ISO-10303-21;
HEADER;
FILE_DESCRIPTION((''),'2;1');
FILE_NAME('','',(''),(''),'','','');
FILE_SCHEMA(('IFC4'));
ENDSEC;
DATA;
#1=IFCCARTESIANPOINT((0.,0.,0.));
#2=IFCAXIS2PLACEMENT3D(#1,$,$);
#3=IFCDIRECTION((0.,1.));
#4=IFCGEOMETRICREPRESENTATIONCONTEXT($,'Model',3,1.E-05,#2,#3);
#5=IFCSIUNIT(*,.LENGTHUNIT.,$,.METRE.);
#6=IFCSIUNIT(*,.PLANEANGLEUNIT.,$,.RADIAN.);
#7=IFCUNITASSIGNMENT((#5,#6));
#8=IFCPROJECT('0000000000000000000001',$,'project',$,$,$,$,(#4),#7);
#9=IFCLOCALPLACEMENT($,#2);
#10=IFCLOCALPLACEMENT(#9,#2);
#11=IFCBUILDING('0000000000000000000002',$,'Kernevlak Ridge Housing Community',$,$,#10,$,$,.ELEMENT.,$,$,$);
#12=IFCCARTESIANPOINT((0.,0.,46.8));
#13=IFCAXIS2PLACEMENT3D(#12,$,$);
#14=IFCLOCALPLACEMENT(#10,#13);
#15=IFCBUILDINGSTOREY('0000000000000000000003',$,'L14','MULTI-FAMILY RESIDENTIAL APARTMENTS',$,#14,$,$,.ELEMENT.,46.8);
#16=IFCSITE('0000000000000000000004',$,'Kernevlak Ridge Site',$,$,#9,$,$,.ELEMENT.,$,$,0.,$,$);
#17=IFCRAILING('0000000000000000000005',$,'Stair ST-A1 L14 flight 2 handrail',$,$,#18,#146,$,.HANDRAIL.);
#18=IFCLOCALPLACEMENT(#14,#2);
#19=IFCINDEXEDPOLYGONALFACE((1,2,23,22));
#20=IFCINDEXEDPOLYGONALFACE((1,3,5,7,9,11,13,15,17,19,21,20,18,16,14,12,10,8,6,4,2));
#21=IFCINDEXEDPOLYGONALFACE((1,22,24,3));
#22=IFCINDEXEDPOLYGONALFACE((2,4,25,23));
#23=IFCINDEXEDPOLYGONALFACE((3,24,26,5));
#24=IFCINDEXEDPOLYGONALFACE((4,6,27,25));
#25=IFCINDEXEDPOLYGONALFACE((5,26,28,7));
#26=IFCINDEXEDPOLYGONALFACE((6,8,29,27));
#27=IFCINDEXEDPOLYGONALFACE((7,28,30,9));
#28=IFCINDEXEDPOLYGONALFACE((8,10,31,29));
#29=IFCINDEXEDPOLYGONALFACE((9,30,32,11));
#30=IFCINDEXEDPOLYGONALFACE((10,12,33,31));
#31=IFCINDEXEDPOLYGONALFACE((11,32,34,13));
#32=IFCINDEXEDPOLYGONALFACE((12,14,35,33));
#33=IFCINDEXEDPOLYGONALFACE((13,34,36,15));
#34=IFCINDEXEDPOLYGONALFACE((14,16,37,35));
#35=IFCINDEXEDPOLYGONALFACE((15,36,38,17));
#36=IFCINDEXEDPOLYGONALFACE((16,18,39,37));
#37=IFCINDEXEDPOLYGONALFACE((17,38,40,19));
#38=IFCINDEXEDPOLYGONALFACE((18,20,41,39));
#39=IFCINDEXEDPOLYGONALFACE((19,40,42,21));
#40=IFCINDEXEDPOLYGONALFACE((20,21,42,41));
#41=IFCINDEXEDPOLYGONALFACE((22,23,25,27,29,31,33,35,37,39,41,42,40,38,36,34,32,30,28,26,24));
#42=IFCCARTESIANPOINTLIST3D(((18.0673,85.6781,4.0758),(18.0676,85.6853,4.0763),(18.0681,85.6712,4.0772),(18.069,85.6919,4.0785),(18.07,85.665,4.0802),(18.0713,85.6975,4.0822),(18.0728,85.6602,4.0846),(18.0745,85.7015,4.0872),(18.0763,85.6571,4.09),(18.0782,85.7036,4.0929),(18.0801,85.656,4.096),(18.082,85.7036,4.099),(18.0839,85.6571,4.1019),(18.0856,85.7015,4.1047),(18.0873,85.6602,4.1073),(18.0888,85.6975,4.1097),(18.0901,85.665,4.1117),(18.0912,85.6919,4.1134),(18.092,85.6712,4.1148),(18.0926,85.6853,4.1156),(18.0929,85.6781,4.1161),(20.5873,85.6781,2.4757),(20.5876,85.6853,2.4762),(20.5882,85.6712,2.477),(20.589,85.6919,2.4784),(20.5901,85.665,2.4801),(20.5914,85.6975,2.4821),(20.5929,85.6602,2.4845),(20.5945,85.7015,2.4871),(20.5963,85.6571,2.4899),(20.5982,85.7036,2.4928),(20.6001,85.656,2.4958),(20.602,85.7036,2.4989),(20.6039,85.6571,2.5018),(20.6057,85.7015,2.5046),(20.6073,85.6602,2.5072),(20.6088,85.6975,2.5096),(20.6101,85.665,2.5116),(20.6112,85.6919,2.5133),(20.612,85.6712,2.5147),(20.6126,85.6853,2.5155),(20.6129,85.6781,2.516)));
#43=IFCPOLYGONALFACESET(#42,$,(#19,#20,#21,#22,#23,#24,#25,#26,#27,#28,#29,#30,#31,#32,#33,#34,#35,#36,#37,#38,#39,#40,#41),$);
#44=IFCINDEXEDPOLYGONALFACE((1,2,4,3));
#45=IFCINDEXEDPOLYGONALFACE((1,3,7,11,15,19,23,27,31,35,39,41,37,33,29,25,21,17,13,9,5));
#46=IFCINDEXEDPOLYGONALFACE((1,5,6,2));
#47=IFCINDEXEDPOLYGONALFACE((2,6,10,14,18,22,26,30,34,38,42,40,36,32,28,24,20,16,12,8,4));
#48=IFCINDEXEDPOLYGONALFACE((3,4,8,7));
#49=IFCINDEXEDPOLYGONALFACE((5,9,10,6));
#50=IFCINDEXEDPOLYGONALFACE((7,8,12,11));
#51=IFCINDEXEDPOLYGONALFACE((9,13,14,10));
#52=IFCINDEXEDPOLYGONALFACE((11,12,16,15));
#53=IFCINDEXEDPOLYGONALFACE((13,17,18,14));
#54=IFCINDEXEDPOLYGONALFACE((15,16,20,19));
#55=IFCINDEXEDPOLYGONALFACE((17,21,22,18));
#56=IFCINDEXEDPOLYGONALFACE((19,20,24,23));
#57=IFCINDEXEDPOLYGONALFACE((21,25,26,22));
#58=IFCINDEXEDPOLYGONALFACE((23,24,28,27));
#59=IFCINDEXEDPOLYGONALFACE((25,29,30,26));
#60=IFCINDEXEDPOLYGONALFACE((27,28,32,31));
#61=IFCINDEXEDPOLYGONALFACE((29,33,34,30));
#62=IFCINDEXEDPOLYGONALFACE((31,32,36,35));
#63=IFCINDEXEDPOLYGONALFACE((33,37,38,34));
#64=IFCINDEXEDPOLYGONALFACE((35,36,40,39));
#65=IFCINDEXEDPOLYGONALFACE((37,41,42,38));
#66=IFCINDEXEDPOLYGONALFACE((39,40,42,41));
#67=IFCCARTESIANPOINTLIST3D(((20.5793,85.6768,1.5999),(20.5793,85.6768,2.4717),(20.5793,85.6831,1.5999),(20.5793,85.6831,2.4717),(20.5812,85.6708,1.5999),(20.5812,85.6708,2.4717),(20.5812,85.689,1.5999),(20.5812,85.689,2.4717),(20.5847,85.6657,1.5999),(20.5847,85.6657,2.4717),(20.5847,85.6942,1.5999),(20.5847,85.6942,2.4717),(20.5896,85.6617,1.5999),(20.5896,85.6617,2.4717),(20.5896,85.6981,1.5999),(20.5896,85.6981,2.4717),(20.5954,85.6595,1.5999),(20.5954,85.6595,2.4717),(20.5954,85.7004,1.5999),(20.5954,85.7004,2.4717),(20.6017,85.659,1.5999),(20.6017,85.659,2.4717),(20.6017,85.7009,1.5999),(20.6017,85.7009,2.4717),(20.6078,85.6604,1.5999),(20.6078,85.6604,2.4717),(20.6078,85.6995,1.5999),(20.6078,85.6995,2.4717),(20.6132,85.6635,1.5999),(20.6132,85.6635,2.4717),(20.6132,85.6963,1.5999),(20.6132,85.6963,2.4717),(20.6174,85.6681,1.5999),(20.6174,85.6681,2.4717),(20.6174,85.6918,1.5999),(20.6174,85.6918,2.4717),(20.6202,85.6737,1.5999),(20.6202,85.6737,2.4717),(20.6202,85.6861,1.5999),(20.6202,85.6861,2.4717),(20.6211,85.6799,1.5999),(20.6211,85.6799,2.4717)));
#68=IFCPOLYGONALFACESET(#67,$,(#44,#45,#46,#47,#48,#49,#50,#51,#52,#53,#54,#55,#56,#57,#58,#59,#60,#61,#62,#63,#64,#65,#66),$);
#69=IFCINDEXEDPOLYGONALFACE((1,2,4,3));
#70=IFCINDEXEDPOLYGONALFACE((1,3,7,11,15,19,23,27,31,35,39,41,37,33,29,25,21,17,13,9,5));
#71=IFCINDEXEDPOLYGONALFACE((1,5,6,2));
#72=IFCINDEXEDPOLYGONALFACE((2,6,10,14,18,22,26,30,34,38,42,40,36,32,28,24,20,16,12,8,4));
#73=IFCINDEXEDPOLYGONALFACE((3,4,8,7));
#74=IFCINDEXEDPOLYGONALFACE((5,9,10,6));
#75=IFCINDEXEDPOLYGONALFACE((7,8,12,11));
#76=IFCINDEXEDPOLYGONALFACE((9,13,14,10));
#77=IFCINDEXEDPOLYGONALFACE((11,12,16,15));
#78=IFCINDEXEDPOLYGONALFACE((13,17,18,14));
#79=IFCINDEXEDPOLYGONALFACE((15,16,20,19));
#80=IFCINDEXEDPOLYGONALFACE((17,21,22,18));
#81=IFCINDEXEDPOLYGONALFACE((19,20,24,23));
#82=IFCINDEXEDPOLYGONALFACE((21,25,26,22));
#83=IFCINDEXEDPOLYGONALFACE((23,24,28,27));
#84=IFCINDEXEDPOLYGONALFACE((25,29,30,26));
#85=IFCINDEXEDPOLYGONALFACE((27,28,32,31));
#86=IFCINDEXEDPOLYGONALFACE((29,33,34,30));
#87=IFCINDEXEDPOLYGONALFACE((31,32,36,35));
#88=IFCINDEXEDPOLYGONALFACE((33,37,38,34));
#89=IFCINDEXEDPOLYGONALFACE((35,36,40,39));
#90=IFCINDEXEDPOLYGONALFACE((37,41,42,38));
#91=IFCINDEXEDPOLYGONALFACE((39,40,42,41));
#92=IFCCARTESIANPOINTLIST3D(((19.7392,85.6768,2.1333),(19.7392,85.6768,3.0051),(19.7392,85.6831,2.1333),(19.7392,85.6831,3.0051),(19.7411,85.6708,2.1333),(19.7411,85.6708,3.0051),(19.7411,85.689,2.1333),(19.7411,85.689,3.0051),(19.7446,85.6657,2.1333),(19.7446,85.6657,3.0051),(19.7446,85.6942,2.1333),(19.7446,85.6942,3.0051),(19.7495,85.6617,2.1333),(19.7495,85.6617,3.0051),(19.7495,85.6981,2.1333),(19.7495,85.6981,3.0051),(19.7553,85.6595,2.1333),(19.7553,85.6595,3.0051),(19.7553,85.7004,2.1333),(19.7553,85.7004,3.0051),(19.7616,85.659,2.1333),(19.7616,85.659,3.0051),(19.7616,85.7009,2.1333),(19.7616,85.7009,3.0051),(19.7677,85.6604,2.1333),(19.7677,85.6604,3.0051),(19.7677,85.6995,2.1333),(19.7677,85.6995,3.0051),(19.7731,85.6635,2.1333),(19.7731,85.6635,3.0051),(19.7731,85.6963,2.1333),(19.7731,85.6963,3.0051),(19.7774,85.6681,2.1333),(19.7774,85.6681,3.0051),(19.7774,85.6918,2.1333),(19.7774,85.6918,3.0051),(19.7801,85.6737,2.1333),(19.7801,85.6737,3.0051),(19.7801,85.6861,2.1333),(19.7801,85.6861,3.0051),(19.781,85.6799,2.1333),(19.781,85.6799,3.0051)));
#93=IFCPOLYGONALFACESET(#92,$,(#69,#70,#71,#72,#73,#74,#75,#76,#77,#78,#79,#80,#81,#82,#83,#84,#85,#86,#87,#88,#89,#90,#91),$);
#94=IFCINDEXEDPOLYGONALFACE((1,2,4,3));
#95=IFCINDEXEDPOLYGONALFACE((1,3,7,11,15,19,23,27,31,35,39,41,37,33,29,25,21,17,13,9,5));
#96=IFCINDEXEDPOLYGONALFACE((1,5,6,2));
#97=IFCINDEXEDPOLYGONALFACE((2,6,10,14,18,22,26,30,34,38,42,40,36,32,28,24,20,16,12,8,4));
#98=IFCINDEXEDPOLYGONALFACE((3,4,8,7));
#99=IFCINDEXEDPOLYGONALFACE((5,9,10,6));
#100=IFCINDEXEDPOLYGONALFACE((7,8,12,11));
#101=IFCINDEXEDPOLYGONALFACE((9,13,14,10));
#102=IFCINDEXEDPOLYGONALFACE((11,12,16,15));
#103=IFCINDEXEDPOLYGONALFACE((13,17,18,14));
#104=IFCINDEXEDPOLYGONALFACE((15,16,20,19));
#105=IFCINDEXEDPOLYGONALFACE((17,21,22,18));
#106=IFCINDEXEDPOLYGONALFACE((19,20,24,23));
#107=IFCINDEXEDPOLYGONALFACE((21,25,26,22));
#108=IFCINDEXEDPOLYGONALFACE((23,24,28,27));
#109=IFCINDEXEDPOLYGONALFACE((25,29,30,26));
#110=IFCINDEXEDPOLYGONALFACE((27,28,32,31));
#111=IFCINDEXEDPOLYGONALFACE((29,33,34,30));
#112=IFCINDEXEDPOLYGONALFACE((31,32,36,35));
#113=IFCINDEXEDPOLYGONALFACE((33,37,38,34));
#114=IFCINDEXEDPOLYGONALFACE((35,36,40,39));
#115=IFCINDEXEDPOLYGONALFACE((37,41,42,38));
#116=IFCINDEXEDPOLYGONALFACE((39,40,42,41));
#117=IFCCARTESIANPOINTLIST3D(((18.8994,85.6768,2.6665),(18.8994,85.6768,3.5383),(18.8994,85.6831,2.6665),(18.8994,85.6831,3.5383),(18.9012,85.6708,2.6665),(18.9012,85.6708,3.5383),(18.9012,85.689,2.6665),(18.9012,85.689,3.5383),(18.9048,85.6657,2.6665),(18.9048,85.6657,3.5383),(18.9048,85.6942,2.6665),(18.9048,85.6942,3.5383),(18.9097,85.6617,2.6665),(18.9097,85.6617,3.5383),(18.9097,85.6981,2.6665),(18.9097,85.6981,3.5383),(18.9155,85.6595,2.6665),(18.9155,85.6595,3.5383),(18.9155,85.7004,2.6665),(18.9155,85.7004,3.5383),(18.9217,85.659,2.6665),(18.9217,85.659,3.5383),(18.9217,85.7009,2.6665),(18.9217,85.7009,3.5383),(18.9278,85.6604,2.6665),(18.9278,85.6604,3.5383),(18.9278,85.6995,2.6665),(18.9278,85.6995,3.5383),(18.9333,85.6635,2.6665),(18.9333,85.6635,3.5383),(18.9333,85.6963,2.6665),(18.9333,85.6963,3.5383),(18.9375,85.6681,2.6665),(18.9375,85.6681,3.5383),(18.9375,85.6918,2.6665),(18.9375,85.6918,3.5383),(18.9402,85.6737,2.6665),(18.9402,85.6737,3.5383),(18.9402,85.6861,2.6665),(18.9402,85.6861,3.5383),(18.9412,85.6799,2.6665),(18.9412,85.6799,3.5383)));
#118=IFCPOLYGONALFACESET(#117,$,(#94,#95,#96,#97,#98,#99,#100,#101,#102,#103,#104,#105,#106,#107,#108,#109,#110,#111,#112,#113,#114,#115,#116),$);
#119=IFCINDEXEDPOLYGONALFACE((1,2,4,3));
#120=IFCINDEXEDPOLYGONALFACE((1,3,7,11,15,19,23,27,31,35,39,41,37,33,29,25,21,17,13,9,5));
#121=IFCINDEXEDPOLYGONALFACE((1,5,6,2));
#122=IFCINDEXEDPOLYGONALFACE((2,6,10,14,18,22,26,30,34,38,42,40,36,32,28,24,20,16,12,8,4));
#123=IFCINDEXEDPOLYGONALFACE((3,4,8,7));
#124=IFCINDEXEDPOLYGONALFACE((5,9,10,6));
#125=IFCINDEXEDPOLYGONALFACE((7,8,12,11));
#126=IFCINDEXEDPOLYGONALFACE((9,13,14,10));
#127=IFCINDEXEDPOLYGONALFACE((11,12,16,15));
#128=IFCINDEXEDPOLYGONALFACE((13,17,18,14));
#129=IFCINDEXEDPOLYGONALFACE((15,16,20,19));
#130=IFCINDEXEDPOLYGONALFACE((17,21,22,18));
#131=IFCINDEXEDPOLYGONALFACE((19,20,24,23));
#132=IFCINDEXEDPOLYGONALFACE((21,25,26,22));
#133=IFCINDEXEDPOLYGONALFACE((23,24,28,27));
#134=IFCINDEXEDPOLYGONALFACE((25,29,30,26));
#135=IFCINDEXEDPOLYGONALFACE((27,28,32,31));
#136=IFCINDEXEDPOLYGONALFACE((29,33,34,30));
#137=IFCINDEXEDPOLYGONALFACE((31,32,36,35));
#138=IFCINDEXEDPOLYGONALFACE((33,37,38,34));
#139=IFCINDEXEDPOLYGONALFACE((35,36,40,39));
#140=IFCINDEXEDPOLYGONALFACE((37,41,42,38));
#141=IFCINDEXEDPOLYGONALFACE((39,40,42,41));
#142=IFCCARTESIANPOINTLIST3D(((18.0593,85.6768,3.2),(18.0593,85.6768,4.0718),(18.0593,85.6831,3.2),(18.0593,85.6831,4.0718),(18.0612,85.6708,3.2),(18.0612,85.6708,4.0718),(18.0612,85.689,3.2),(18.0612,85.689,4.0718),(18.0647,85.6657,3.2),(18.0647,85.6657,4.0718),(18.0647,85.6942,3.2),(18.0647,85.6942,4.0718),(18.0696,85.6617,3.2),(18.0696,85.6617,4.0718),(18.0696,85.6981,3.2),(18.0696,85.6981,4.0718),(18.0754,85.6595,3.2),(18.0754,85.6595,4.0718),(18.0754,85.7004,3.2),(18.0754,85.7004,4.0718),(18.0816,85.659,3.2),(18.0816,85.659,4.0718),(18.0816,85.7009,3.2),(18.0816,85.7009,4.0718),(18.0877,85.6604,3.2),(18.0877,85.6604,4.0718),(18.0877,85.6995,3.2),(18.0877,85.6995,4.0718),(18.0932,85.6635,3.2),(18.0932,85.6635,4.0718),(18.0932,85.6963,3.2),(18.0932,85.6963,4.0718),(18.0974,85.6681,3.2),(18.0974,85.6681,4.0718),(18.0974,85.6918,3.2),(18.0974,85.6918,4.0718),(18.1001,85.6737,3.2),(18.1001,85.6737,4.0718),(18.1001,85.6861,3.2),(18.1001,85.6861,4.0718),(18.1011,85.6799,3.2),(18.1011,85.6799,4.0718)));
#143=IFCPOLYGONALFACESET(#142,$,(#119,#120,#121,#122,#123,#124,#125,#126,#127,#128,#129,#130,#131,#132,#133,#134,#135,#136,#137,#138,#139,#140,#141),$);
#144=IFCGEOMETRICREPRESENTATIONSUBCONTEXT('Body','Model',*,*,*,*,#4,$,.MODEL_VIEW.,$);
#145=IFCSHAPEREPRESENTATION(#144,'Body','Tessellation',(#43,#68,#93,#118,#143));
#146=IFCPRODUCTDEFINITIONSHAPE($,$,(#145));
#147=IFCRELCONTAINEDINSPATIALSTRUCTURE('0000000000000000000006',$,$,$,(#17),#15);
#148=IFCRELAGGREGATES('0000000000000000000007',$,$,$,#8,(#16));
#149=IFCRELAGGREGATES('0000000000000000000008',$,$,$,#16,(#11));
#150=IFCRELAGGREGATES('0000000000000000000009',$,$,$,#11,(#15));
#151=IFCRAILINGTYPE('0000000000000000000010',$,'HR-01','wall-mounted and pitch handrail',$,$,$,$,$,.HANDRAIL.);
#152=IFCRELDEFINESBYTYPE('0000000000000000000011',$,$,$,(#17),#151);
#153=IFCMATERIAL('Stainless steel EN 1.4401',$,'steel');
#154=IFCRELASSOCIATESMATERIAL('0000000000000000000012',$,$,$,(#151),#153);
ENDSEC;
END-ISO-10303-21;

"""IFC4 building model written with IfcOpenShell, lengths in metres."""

from ifc_helpers import new_model, si_unit, direction, frame, origin, origin_2d, place, context, subcontext, project, spatial, circle, extrude, material, type_object, element, save


model = new_model("IFC4")

# Units and contexts
model_context = context("Model", 3, precision=1e-05, world=origin(), true_north=direction((0.0, 1.0)))
body_context = subcontext(model_context, "Body", "Model", "MODEL_VIEW")
ifc_project = project(units=[si_unit("LENGTHUNIT", "METRE"), si_unit("PLANEANGLEUNIT", "RADIAN")], contexts=[model_context])

# Site, building, storey
site_placement = place(None, origin())
site = spatial("IfcSite", under=ifc_project, at=site_placement, Name="Kernevlak Ridge Site", CompositionType="ELEMENT", RefElevation=0.0)
building_placement = place(site_placement, origin())
building = spatial("IfcBuilding", under=site, at=building_placement, Name="Kernevlak Ridge Housing Community", CompositionType="ELEMENT")
storey_placement = place(building_placement, frame((0.0, 0.0, 46.8)))
storey = spatial("IfcBuildingStorey", under=building, at=storey_placement, Name="L14", Description="MULTI-FAMILY RESIDENTIAL APARTMENTS", CompositionType="ELEMENT", Elevation=46.8)

# Shared definitions
ifc_material_1 = material(Name="Stainless steel EN 1.4401", Category="steel")

# Railing
railing_type_1 = type_object("IfcRailingType", Name="HR-01", Description="wall-mounted and pitch handrail", PredefinedType="HANDRAIL", material=ifc_material_1)
railing_1_placement = place(storey_placement, frame((20.6001, 85.6799, 1.5999)))
element("IfcRailing", 1, at=railing_1_placement, inside=storey, type_object=railing_type_1, Name="Stair ST-A1 L14 flight 2 handrail", PredefinedType="HANDRAIL", context=body_context, shape_type="SweptSolid", body=[
    extrude(circle(Radius=0.0239, at=origin_2d()), frame((0.0, 0.0, 0.896), z_axis=(-0.8442, 0.0, 0.536028), x_axis=(0.0, -1.0, 0.0)), (0.0, 0.0, 1.0), 2.9851),
    extrude(circle(Radius=0.021, at=origin_2d()), origin(), (0.0, 0.0, 1.0), 0.8718),
    extrude(circle(Radius=0.021, at=origin_2d()), frame((-0.8401, 0.0, 0.5334)), (0.0, 0.0, 1.0), 0.8718),
    extrude(circle(Radius=0.021, at=origin_2d()), frame((-1.6799, 0.0, 1.0667)), (0.0, 0.0, 1.0), 0.8718),
    extrude(circle(Radius=0.021, at=origin_2d()), frame((-2.52, 0.0, 1.6001)), (0.0, 0.0, 1.0), 0.8718),
])

save(model, "model.ifc")
